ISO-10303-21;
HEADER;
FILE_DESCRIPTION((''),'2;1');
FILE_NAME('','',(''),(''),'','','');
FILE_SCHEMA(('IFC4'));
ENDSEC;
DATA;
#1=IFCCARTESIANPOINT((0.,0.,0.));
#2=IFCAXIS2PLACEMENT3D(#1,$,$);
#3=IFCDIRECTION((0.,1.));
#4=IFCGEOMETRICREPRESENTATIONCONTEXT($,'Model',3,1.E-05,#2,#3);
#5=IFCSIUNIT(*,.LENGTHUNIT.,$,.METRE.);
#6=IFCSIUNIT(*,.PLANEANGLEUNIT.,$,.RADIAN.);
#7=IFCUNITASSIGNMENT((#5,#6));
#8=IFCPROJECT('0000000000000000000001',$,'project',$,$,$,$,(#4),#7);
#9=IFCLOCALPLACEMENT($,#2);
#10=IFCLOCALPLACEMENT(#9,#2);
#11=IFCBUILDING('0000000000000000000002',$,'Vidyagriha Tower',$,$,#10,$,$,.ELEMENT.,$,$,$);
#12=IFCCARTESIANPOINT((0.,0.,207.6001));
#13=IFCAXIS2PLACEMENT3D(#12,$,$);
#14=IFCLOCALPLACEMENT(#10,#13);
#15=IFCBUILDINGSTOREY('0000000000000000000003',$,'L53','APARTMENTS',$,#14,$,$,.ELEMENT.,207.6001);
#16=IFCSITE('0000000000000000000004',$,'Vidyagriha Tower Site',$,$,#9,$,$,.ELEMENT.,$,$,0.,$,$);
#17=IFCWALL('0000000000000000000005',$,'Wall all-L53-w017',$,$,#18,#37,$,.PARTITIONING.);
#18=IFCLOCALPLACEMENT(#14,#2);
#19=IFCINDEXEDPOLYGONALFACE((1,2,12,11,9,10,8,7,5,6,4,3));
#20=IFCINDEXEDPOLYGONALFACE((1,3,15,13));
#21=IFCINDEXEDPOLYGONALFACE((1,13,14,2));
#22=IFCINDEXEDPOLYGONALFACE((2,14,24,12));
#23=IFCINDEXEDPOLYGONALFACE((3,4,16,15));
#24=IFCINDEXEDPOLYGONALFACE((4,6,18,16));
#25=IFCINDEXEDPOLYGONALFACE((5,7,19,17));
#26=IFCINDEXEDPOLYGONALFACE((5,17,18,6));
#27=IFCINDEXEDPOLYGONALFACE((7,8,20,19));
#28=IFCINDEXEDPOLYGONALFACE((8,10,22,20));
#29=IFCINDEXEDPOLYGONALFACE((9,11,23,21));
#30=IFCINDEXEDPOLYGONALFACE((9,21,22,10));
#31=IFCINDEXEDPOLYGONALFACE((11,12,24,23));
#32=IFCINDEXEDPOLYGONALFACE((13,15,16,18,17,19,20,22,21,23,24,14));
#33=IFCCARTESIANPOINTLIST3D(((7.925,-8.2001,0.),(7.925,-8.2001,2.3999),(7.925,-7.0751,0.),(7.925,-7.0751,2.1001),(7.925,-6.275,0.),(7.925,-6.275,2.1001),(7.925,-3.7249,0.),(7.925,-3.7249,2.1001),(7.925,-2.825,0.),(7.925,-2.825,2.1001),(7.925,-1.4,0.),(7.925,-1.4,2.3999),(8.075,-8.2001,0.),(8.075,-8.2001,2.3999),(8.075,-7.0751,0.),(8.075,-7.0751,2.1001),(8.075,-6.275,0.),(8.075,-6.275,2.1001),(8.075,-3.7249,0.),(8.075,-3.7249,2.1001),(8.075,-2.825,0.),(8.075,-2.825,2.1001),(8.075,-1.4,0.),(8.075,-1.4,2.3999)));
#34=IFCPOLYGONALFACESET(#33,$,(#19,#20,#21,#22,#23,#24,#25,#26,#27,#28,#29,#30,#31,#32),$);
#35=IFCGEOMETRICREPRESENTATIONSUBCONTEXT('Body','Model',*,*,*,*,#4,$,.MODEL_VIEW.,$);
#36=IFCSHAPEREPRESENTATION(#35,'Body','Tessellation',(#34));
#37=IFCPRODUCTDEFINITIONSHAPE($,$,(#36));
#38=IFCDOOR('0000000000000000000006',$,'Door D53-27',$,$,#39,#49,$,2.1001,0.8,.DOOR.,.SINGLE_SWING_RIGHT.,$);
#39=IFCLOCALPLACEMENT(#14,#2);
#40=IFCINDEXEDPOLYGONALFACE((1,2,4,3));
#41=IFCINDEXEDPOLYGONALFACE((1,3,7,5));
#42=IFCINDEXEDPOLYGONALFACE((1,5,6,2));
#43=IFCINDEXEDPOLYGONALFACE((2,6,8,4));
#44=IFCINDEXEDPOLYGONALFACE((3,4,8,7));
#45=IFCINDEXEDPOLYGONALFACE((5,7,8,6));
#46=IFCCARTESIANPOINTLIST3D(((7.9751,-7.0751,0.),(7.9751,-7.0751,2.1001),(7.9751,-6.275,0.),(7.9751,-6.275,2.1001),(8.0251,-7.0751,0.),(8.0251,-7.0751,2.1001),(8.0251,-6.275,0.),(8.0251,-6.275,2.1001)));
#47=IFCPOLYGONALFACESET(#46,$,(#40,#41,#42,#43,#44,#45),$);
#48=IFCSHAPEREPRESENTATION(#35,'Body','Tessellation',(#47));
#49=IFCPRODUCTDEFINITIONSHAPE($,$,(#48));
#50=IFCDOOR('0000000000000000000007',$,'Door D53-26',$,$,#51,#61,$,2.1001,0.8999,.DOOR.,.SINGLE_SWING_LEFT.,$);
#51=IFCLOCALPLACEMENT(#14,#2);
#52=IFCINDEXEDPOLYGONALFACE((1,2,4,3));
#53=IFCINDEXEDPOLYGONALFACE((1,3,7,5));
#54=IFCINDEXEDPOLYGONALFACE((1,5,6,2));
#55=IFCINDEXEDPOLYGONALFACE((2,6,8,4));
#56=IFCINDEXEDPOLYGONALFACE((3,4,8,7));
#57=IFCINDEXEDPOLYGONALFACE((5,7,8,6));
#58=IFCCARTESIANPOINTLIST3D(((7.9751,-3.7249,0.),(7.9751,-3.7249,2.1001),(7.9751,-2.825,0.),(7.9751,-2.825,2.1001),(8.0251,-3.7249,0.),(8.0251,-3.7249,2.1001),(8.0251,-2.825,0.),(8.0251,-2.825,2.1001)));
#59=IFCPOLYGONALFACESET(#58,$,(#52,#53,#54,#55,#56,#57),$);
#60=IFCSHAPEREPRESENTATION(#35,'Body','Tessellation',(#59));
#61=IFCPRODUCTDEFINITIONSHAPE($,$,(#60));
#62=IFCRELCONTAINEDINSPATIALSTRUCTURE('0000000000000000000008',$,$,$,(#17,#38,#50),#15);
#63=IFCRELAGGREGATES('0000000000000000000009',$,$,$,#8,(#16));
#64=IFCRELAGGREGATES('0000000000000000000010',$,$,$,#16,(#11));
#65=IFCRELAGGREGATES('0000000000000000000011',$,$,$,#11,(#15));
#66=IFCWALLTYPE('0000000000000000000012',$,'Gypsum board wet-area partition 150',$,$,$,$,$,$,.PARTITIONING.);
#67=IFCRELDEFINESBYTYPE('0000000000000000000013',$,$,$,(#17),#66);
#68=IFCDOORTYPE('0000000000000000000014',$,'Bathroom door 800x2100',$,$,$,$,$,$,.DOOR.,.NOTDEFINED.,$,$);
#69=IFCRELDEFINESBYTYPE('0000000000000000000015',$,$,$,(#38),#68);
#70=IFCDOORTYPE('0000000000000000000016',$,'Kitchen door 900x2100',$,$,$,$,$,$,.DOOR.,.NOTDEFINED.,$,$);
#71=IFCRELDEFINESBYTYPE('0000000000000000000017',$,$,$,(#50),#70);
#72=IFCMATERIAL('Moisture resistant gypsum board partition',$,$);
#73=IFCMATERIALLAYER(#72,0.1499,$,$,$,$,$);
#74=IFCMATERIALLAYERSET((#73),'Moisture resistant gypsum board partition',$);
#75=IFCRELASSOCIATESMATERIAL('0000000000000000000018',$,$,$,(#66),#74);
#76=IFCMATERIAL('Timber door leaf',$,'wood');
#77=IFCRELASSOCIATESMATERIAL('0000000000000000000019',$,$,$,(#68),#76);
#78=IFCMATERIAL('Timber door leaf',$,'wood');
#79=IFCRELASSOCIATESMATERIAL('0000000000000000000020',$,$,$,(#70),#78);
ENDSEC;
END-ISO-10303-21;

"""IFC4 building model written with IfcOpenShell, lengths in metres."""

from ifc_helpers import new_model, si_unit, direction, frame, frame_2d, origin, place, context, subcontext, project, spatial, rectangle, extrude, material, layer, layer_set, type_object, element, fill, save


model = new_model("IFC4")

# Units and contexts
model_context = context("Model", 3, precision=1e-05, world=origin(), true_north=direction((0.0, 1.0)))
body_context = subcontext(model_context, "Body", "Model", "MODEL_VIEW")
ifc_project = project(units=[si_unit("LENGTHUNIT", "METRE"), si_unit("PLANEANGLEUNIT", "RADIAN")], contexts=[model_context])

# Site, building, storey
site_placement = place(None, origin())
site = spatial("IfcSite", under=ifc_project, at=site_placement, Name="Vidyagriha Tower Site", CompositionType="ELEMENT", RefElevation=0.0)
building_placement = place(site_placement, origin())
building = spatial("IfcBuilding", under=site, at=building_placement, Name="Vidyagriha Tower", CompositionType="ELEMENT")
storey_placement = place(building_placement, frame((0.0, 0.0, 207.6001)))
storey = spatial("IfcBuildingStorey", under=building, at=storey_placement, Name="L53", Description="APARTMENTS", CompositionType="ELEMENT", Elevation=207.6001)

# Wall, openings, doors
ifc_material_1 = material(Name="Moisture resistant gypsum board partition")
ifc_layer_1 = layer(ifc_material_1, 0.1499)
ifc_layer_set_1 = layer_set([ifc_layer_1], Name="Moisture resistant gypsum board partition")
wall_type_1 = type_object("IfcWallType", Name="Gypsum board wet-area partition 150", PredefinedType="PARTITIONING", material=ifc_layer_set_1)
wall_1_placement = place(storey_placement, frame((8.0, -8.2, 0.0), z_axis=(0.0, 0.0, 1.0), x_axis=(0.0, 1.0, 0.0)))
wall_1 = element("IfcWall", 1, at=wall_1_placement, inside=storey, type_object=wall_type_1, Name="Wall all-L53-w017", PredefinedType="PARTITIONING", context=body_context, shape_type="SweptSolid", body=[
    extrude(rectangle(XDim=6.8, YDim=0.1499, at=frame_2d((3.3999, 0.0))), origin(), (0.0, 0.0, 1.0), 2.3999),
])
opening_1_placement = place(wall_1_placement, frame((4.4751, 0.0, 0.0)))
opening_1 = element("IfcOpeningElement", 2, at=opening_1_placement, cuts=wall_1, PredefinedType="OPENING", context=body_context, shape_type="SweptSolid", body=[
    extrude(rectangle(XDim=0.8999, YDim=2.1001, at=frame_2d((0.45, 1.05))), frame((0.0, 0.085, 0.0), z_axis=(0.0, -1.0, 0.0), x_axis=(1.0, 0.0, 0.0)), (0.0, 0.0, 1.0), 0.1699),
])
opening_2_placement = place(wall_1_placement, frame((1.125, 0.0, 0.0)))
opening_2 = element("IfcOpeningElement", 3, at=opening_2_placement, cuts=wall_1, PredefinedType="OPENING", context=body_context, shape_type="SweptSolid", body=[
    extrude(rectangle(XDim=0.8, YDim=2.1001, at=frame_2d((0.3999, 1.05))), frame((0.0, 0.085, 0.0), z_axis=(0.0, -1.0, 0.0), x_axis=(1.0, 0.0, 0.0)), (0.0, 0.0, 1.0), 0.1699),
])
ifc_material_2 = material(Name="Timber door leaf", Category="wood")
door_type_1 = type_object("IfcDoorType", Name="Bathroom door 800x2100", OperationType="NOTDEFINED", PredefinedType="DOOR", material=ifc_material_2)
door_1_placement = place(opening_2_placement, origin())
door_1 = element("IfcDoor", 4, at=door_1_placement, inside=storey, type_object=door_type_1, Name="Door D53-27", OperationType="SINGLE_SWING_RIGHT", OverallHeight=2.1001, OverallWidth=0.8, PredefinedType="DOOR", context=body_context, shape_type="SweptSolid", body=[
    extrude(rectangle(XDim=0.8, YDim=2.1001, at=frame_2d((0.3999, 1.05))), frame((0.0, 0.0249, 0.0), z_axis=(0.0, -1.0, 0.0), x_axis=(1.0, 0.0, 0.0)), (0.0, 0.0, 1.0), 0.05),
])
fill(opening_2, door_1)
ifc_material_3 = material(Name="Timber door leaf", Category="wood")
door_type_2 = type_object("IfcDoorType", Name="Kitchen door 900x2100", OperationType="NOTDEFINED", PredefinedType="DOOR", material=ifc_material_3)
door_2_placement = place(opening_1_placement, origin())
door_2 = element("IfcDoor", 5, at=door_2_placement, inside=storey, type_object=door_type_2, Name="Door D53-26", OperationType="SINGLE_SWING_LEFT", OverallHeight=2.1001, OverallWidth=0.8999, PredefinedType="DOOR", context=body_context, shape_type="SweptSolid", body=[
    extrude(rectangle(XDim=0.8999, YDim=2.1001, at=frame_2d((0.45, 1.05))), frame((0.0, 0.0249, 0.0), z_axis=(0.0, -1.0, 0.0), x_axis=(1.0, 0.0, 0.0)), (0.0, 0.0, 1.0), 0.05),
])
fill(opening_1, door_2)

save(model, "model.ifc")
